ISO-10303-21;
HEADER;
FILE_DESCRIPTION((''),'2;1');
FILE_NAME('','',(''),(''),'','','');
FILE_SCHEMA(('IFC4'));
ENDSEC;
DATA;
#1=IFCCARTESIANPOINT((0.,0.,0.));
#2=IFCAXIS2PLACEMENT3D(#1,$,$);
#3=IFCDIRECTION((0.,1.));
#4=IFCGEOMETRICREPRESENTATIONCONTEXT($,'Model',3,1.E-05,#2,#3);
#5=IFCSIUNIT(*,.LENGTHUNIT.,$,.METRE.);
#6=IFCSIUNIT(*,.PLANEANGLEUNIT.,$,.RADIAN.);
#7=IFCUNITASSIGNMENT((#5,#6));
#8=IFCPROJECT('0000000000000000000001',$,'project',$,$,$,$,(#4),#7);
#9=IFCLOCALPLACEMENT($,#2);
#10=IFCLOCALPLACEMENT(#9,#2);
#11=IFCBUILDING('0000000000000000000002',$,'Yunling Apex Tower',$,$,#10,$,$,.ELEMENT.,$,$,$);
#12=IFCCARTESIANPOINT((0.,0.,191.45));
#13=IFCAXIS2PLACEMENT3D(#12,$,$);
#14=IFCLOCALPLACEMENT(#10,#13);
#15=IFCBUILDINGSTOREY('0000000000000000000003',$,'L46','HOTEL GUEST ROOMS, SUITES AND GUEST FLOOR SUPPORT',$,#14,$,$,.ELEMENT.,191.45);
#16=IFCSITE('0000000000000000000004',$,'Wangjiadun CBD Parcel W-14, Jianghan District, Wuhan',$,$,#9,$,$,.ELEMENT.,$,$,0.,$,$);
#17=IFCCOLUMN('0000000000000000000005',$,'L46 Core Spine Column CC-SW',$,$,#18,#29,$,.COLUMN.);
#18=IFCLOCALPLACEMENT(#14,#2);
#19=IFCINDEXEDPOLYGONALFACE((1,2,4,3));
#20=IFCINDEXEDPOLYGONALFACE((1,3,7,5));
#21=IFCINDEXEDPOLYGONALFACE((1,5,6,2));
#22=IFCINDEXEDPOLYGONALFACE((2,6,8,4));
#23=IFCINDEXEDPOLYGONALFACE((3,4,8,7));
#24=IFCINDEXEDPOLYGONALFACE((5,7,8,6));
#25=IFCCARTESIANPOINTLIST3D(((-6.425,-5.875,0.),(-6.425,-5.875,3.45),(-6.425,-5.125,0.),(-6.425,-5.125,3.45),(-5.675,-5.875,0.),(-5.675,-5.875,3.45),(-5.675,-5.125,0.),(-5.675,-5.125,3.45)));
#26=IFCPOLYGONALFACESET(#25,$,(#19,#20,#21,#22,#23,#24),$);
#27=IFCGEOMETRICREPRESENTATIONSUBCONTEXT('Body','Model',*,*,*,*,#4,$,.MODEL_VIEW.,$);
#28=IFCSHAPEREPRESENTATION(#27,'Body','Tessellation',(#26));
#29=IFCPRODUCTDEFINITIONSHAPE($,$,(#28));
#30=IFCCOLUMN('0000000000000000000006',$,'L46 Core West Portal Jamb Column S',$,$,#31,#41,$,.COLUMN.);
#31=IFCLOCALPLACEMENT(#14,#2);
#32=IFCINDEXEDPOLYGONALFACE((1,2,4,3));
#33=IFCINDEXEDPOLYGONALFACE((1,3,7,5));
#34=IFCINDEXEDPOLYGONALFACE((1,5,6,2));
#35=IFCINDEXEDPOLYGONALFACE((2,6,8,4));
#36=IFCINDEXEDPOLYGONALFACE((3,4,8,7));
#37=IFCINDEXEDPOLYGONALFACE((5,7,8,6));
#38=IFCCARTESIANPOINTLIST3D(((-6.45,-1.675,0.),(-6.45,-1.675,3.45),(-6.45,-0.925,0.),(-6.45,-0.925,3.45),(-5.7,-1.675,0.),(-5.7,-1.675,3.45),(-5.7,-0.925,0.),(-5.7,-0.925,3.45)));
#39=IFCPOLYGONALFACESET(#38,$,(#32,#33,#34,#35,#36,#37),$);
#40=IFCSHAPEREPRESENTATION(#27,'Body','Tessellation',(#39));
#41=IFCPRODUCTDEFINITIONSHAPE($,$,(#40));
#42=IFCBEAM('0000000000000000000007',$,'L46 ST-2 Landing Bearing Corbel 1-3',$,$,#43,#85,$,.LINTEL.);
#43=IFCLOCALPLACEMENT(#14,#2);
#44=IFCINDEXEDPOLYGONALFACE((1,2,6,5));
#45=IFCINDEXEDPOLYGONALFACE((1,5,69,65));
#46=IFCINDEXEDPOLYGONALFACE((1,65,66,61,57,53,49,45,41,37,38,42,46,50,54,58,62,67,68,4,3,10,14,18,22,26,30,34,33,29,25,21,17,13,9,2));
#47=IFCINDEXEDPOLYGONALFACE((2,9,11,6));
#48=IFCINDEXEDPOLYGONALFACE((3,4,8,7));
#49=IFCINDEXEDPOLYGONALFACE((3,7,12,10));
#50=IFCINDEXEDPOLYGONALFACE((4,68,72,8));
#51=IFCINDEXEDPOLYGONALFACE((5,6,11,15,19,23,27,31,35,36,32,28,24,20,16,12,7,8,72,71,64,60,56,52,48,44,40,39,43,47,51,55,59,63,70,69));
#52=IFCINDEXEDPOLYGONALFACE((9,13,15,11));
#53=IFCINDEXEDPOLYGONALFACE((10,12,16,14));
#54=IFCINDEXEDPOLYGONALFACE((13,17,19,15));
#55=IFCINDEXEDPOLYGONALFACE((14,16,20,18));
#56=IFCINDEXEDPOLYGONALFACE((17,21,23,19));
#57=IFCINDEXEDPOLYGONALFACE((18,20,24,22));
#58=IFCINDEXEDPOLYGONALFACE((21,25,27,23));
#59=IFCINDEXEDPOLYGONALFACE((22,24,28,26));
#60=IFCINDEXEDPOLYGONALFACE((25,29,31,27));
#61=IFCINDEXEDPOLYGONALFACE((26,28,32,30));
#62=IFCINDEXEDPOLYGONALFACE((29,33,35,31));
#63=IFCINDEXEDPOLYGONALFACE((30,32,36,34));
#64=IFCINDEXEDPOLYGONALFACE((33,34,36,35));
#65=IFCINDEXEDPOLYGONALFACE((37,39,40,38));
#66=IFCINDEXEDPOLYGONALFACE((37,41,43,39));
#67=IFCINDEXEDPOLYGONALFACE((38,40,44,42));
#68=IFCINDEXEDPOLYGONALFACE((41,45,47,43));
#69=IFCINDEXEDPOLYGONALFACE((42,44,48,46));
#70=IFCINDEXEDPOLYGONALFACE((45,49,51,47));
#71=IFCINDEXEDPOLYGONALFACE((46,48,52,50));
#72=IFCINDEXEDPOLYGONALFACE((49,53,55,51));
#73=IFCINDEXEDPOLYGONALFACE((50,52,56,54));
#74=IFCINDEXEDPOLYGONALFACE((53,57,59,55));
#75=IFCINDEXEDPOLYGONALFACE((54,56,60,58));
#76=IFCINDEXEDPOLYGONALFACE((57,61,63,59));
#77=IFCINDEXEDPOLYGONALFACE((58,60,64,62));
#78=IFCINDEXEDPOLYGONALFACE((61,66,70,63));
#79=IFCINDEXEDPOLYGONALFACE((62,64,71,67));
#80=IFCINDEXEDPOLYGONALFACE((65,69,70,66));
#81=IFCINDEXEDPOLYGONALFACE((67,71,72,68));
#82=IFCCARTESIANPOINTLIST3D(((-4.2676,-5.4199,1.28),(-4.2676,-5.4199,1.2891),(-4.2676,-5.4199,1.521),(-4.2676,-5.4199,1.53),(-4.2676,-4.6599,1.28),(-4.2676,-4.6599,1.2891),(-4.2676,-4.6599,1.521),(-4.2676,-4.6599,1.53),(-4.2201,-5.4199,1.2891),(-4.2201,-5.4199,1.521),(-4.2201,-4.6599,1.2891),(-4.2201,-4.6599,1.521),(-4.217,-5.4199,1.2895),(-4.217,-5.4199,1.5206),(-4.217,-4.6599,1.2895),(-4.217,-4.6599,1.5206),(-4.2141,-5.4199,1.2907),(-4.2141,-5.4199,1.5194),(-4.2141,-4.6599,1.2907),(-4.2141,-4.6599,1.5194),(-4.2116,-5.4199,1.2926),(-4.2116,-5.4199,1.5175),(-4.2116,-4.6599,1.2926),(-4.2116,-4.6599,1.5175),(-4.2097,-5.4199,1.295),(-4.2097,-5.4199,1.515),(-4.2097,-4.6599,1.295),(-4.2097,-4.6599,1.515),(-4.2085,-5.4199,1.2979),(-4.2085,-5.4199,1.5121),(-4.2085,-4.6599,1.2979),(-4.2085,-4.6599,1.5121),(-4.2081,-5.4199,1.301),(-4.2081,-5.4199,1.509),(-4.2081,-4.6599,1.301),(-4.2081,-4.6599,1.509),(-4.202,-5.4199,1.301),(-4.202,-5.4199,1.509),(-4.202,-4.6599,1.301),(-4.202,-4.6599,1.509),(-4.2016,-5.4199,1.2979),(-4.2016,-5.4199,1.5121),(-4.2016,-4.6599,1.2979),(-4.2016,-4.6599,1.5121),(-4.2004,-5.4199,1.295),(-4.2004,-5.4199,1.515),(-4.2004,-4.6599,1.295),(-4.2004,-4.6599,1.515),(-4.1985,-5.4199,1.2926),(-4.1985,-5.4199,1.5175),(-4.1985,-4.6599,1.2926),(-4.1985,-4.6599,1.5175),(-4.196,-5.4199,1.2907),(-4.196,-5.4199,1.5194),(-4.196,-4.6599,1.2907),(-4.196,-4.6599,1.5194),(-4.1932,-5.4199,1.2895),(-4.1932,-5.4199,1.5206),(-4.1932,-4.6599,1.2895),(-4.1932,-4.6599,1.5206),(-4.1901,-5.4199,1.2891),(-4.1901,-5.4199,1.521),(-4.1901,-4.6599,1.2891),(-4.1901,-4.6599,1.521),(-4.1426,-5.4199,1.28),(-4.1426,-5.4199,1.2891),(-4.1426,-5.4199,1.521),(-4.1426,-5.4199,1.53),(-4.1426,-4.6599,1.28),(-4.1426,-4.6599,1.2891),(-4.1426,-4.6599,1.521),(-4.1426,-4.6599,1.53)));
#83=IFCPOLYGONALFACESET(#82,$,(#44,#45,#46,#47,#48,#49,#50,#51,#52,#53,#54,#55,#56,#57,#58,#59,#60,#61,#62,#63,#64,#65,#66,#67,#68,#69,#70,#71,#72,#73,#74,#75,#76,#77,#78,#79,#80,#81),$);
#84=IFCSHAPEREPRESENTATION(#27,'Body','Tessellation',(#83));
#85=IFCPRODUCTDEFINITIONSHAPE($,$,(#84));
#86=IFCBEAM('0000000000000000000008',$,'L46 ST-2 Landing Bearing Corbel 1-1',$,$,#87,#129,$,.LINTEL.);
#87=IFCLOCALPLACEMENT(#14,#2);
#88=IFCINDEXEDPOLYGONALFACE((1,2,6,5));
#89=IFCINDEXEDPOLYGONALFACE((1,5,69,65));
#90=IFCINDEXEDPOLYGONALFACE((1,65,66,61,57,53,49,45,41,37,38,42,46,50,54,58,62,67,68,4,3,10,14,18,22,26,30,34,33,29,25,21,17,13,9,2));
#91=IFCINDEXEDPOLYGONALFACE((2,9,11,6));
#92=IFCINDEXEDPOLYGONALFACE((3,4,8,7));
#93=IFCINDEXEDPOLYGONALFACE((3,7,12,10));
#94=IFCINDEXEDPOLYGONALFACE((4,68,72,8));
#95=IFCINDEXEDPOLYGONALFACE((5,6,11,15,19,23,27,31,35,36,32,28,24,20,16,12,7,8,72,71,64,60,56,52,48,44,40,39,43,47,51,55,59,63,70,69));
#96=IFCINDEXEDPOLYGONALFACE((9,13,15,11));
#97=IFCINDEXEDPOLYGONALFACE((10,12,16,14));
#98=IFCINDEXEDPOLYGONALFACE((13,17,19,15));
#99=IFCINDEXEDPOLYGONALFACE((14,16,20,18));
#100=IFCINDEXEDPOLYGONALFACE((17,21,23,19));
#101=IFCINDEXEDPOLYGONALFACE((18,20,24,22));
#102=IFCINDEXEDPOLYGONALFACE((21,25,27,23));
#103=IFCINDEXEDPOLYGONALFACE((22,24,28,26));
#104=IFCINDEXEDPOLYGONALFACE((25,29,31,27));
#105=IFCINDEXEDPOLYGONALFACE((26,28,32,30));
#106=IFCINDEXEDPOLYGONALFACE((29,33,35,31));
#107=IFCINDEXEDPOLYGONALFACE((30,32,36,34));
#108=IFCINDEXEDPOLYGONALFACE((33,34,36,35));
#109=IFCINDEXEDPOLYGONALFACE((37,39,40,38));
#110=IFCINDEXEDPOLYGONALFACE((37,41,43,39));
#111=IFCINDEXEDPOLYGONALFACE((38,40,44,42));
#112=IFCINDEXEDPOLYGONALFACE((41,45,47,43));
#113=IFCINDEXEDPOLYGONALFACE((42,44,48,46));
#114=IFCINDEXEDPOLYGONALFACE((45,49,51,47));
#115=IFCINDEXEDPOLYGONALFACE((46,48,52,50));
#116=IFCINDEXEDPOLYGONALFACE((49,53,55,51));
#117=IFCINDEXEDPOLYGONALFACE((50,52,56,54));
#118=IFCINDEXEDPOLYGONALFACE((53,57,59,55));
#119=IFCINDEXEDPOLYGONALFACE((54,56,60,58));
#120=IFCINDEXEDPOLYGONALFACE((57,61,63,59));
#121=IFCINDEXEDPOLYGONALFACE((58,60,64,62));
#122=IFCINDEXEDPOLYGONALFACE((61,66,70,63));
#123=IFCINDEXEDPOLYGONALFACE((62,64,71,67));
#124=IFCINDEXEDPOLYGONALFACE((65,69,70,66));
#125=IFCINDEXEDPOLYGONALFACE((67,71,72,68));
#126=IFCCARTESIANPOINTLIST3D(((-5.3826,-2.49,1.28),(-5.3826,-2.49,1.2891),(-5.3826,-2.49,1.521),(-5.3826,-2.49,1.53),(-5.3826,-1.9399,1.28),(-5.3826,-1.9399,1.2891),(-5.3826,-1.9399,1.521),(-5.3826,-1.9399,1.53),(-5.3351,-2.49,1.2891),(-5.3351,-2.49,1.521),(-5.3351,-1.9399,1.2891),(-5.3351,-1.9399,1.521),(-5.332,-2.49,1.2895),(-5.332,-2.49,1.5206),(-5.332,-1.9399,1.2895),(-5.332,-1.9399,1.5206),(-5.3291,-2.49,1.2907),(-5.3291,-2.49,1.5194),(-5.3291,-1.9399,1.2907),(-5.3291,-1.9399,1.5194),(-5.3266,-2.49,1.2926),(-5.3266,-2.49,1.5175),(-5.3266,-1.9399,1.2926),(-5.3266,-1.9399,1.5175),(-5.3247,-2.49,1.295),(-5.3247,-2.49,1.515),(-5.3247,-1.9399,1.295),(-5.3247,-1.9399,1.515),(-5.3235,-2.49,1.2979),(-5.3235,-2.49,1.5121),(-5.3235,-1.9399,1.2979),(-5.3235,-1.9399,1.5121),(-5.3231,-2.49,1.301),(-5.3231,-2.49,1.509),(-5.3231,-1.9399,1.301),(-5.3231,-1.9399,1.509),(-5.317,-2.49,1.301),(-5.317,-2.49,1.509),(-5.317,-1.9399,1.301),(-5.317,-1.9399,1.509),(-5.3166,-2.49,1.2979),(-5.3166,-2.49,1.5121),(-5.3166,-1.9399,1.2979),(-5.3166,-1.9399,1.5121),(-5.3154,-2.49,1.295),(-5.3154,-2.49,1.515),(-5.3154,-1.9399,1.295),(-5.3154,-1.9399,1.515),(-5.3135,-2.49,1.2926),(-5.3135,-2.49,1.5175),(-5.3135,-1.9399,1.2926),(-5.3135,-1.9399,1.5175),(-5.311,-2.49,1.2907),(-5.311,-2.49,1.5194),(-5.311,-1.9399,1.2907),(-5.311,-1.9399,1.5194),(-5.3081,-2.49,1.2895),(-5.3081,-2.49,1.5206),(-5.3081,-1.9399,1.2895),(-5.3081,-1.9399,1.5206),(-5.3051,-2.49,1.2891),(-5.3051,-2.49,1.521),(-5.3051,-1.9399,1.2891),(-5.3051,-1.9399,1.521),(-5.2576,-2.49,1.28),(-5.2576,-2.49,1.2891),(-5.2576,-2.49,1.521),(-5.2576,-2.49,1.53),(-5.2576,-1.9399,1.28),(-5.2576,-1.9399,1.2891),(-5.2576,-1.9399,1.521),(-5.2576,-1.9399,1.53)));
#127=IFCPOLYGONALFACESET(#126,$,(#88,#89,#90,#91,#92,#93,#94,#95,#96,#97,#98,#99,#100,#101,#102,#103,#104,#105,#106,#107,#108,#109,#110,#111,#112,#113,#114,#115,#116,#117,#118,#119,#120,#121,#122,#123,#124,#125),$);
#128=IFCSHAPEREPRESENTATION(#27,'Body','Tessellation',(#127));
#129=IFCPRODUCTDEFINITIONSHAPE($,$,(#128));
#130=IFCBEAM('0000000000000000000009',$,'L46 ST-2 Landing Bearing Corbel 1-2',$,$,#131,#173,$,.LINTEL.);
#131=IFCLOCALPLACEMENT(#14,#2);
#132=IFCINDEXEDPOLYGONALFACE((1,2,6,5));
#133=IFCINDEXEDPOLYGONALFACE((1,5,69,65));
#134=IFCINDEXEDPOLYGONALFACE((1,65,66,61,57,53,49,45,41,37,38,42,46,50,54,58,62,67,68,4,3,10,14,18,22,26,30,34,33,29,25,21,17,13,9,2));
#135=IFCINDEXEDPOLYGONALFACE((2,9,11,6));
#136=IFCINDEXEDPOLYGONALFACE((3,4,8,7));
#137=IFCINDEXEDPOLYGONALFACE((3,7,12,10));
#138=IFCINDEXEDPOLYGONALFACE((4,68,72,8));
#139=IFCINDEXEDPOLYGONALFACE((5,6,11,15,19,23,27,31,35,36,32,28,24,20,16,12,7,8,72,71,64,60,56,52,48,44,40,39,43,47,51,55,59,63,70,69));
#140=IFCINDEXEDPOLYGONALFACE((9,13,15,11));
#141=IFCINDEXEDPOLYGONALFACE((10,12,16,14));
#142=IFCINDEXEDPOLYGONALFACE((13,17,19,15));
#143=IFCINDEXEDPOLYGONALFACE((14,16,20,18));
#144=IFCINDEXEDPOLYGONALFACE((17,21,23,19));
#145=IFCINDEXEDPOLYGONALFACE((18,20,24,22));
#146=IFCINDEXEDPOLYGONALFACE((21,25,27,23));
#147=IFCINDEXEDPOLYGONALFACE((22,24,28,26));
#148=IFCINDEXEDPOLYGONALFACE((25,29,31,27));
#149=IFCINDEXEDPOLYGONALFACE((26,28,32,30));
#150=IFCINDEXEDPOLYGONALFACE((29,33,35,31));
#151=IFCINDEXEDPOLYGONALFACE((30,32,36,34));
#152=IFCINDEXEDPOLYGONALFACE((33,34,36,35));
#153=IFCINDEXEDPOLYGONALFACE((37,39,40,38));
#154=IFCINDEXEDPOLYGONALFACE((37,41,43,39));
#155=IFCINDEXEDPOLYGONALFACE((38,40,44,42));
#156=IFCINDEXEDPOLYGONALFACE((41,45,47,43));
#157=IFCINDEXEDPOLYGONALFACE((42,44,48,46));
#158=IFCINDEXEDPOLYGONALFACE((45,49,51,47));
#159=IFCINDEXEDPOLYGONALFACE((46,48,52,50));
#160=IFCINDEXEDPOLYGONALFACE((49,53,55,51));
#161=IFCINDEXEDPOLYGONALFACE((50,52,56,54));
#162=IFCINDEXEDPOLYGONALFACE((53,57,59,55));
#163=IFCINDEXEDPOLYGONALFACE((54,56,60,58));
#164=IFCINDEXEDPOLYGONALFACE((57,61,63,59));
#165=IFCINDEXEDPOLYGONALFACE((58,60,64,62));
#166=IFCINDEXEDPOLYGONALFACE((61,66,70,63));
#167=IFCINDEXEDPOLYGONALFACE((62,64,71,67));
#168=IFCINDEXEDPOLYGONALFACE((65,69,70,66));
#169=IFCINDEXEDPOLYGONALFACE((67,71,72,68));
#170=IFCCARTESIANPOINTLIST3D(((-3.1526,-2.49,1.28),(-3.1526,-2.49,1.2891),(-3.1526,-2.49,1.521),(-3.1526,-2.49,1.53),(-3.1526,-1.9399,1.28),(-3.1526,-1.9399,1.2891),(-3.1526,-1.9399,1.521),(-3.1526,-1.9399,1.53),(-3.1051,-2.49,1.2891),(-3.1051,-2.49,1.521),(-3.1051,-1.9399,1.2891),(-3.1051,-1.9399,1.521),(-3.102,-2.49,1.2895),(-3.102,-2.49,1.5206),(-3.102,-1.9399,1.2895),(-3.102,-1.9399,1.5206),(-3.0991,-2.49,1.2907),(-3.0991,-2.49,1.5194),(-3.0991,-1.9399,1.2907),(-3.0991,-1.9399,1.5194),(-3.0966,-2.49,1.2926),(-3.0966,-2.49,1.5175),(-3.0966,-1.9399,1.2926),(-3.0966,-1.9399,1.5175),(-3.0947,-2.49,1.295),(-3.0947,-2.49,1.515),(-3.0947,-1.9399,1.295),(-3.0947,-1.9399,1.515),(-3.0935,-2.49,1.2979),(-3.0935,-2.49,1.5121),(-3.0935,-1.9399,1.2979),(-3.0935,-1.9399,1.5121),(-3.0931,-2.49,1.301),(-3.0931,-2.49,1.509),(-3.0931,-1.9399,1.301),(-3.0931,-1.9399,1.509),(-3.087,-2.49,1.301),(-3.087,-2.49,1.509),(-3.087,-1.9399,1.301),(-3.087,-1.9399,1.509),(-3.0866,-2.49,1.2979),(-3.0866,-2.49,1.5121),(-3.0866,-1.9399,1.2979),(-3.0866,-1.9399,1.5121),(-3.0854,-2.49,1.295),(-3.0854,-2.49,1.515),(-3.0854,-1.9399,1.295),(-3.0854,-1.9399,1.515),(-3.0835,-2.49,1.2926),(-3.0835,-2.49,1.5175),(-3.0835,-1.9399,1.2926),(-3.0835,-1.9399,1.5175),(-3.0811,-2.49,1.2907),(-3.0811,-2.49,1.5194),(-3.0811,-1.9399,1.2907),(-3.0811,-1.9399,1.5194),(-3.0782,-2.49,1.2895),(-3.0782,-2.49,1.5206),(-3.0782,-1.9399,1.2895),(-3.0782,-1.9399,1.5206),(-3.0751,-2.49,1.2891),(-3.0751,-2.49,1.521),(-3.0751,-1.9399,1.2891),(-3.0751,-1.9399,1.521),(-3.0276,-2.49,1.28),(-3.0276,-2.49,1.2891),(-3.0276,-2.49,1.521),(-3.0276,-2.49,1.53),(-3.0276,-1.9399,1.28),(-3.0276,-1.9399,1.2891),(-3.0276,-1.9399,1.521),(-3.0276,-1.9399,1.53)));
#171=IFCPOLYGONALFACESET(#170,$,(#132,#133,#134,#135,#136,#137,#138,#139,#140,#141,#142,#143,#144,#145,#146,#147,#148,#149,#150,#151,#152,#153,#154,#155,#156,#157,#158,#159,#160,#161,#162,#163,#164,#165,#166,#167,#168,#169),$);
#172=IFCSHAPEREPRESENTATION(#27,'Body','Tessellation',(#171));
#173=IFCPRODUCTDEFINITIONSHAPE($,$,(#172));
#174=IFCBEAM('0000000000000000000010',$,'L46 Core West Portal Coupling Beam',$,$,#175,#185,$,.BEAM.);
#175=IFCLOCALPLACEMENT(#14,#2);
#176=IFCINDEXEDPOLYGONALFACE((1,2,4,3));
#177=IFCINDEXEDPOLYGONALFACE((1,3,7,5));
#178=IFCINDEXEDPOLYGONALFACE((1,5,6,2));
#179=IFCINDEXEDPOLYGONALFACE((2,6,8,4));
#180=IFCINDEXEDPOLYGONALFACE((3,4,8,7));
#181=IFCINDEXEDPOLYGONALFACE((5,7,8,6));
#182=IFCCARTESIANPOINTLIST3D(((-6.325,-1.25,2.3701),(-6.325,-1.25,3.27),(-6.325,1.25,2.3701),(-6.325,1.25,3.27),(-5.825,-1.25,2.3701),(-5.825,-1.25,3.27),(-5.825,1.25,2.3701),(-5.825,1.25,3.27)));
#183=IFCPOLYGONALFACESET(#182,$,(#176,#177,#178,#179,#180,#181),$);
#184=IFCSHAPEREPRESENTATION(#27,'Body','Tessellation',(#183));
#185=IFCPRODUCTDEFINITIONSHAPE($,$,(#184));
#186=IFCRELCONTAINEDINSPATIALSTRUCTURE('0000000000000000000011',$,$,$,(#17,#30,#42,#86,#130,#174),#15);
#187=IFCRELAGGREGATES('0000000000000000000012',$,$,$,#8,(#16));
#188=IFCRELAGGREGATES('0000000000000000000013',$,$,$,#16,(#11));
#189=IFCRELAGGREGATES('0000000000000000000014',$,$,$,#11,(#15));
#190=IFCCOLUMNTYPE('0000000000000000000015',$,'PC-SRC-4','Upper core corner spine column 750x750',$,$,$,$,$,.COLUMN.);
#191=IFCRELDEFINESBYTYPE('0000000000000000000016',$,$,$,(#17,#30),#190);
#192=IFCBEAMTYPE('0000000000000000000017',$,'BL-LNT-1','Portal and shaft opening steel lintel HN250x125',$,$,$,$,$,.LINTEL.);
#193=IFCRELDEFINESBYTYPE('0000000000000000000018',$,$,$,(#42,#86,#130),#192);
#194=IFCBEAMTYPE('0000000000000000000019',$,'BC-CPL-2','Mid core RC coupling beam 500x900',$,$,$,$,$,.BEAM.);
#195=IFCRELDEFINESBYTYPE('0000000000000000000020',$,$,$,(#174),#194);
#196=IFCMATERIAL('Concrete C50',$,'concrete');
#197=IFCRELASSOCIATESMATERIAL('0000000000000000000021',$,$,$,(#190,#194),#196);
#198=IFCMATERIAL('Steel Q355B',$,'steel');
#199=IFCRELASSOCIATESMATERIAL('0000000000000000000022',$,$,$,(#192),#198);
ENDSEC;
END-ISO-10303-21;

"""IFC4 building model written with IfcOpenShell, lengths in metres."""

from ifc_helpers import new_model, si_unit, direction, frame, origin, origin_2d, place, context, subcontext, project, spatial, rectangle, i_section, extrude, source, transform, mapped, material, material_profile, profile_set, type_object, element, save


model = new_model("IFC4")

# Units and contexts
model_context = context("Model", 3, precision=1e-05, world=origin(), true_north=direction((0.0, 1.0)))
body_context = subcontext(model_context, "Body", "Model", "MODEL_VIEW")
ifc_project = project(units=[si_unit("LENGTHUNIT", "METRE"), si_unit("PLANEANGLEUNIT", "RADIAN")], contexts=[model_context])

# Site, building, storey
site_placement = place(None, origin())
site = spatial("IfcSite", under=ifc_project, at=site_placement, Name="Wangjiadun CBD Parcel W-14, Jianghan District, Wuhan", CompositionType="ELEMENT", RefElevation=0.0)
building_placement = place(site_placement, origin())
building = spatial("IfcBuilding", under=site, at=building_placement, Name="Yunling Apex Tower", CompositionType="ELEMENT")
storey_placement = place(building_placement, frame((0.0, 0.0, 191.45)))
storey = spatial("IfcBuildingStorey", under=building, at=storey_placement, Name="L46", Description="HOTEL GUEST ROOMS, SUITES AND GUEST FLOOR SUPPORT", CompositionType="ELEMENT", Elevation=191.45)

# Columns
ifc_material_1 = material(Name="Concrete C50", Category="concrete")
ifc_material_profile_1 = material_profile(ifc_material_1, rectangle(XDim=0.75, YDim=0.75, at=origin_2d()))
ifc_profile_set_1 = profile_set([ifc_material_profile_1], Name="Concrete C50")
column_type = type_object("IfcColumnType", Name="PC-SRC-4", Description="Upper core corner spine column 750x750", PredefinedType="COLUMN", material=ifc_profile_set_1)
shared_shape_1 = source(origin(), body_context, "Body", "SweptSolid", [
    extrude(rectangle(XDim=0.75, YDim=0.75, at=origin_2d()), origin(), (0.0, 0.0, 1.0), 3.45),
])
for number, where, z_axis, x_axis, name in (
    (1, (-6.05, -5.5, 0.0), (0.0, 0.0, 1.0), (1.0, 0.0, 0.0), "L46 Core Spine Column CC-SW"),
    (2, (-6.075, -1.3, 0.0), (0.0, 0.0, 1.0), (1.0, 0.0, 0.0), "L46 Core West Portal Jamb Column S"),
):
    element("IfcColumn", number, at=place(storey_placement, frame(where, z_axis=z_axis, x_axis=x_axis)), inside=storey, type_object=column_type, Name=name, PredefinedType="COLUMN", context=body_context, shape_type="MappedRepresentation", body=[
        mapped(shared_shape_1, transform((0.0, 0.0, 0.0), scale=1.0)),
    ])

# Beams
ifc_material_2 = material(Name="Steel Q355B", Category="steel")
ifc_material_profile_2 = material_profile(ifc_material_2, i_section(OverallWidth=0.125, OverallDepth=0.25, WebThickness=0.0061, FlangeThickness=0.009, FilletRadius=0.012, at=origin_2d()))
ifc_profile_set_2 = profile_set([ifc_material_profile_2], Name="Steel Q355B")
beam_type_1 = type_object("IfcBeamType", Name="BL-LNT-1", Description="Portal and shaft opening steel lintel HN250x125", PredefinedType="LINTEL", material=ifc_profile_set_2)
shared_shape_2 = source(origin(), body_context, "Body", "SweptSolid", [
    extrude(i_section(OverallWidth=0.125, OverallDepth=0.25, WebThickness=0.0061, FlangeThickness=0.009, FilletRadius=0.012, at=origin_2d()), origin(), (0.0, 0.0, 1.0), 0.76),
])
beam_1_placement = place(storey_placement, frame((-4.2051, -5.4199, 1.405), z_axis=(0.0, 1.0, 0.0), x_axis=(-1.0, 0.0, 0.0)))
element("IfcBeam", 3, at=beam_1_placement, inside=storey, type_object=beam_type_1, Name="L46 ST-2 Landing Bearing Corbel 1-3", PredefinedType="LINTEL", context=body_context, shape_type="MappedRepresentation", body=[
    mapped(shared_shape_2, transform((0.0, 0.0, 0.0), scale=1.0)),
])
shared_shape_3 = source(origin(), body_context, "Body", "SweptSolid", [
    extrude(i_section(OverallWidth=0.125, OverallDepth=0.25, WebThickness=0.0061, FlangeThickness=0.009, FilletRadius=0.012, at=origin_2d()), origin(), (0.0, 0.0, 1.0), 0.55),
])
for number, where, z_axis, x_axis, name in (
    (4, (-5.3201, -1.9399, 1.405), (0.0, -1.0, 0.0), (1.0, 0.0, 0.0), "L46 ST-2 Landing Bearing Corbel 1-1"),
    (5, (-3.0901, -1.9399, 1.405), (0.0, -1.0, 0.0), (1.0, 0.0, 0.0), "L46 ST-2 Landing Bearing Corbel 1-2"),
):
    element("IfcBeam", number, at=place(storey_placement, frame(where, z_axis=z_axis, x_axis=x_axis)), inside=storey, type_object=beam_type_1, Name=name, PredefinedType="LINTEL", context=body_context, shape_type="MappedRepresentation", body=[
        mapped(shared_shape_3, transform((0.0, 0.0, 0.0), scale=1.0)),
    ])
ifc_material_profile_3 = material_profile(ifc_material_1, rectangle(XDim=0.5, YDim=0.8999, at=origin_2d()))
ifc_profile_set_3 = profile_set([ifc_material_profile_3], Name="Concrete C50")
beam_type_2 = type_object("IfcBeamType", Name="BC-CPL-2", Description="Mid core RC coupling beam 500x900", PredefinedType="BEAM", material=ifc_profile_set_3)
shared_shape_4 = source(origin(), body_context, "Body", "SweptSolid", [
    extrude(rectangle(XDim=0.5, YDim=0.8999, at=origin_2d()), origin(), (0.0, 0.0, 1.0), 2.5),
])
beam_2_placement = place(storey_placement, frame((-6.075, -1.25, 2.8201), z_axis=(0.0, 1.0, 0.0), x_axis=(-1.0, 0.0, 0.0)))
element("IfcBeam", 6, at=beam_2_placement, inside=storey, type_object=beam_type_2, Name="L46 Core West Portal Coupling Beam", PredefinedType="BEAM", context=body_context, shape_type="MappedRepresentation", body=[
    mapped(shared_shape_4, transform((0.0, 0.0, 0.0), scale=1.0)),
])

save(model, "model.ifc")
